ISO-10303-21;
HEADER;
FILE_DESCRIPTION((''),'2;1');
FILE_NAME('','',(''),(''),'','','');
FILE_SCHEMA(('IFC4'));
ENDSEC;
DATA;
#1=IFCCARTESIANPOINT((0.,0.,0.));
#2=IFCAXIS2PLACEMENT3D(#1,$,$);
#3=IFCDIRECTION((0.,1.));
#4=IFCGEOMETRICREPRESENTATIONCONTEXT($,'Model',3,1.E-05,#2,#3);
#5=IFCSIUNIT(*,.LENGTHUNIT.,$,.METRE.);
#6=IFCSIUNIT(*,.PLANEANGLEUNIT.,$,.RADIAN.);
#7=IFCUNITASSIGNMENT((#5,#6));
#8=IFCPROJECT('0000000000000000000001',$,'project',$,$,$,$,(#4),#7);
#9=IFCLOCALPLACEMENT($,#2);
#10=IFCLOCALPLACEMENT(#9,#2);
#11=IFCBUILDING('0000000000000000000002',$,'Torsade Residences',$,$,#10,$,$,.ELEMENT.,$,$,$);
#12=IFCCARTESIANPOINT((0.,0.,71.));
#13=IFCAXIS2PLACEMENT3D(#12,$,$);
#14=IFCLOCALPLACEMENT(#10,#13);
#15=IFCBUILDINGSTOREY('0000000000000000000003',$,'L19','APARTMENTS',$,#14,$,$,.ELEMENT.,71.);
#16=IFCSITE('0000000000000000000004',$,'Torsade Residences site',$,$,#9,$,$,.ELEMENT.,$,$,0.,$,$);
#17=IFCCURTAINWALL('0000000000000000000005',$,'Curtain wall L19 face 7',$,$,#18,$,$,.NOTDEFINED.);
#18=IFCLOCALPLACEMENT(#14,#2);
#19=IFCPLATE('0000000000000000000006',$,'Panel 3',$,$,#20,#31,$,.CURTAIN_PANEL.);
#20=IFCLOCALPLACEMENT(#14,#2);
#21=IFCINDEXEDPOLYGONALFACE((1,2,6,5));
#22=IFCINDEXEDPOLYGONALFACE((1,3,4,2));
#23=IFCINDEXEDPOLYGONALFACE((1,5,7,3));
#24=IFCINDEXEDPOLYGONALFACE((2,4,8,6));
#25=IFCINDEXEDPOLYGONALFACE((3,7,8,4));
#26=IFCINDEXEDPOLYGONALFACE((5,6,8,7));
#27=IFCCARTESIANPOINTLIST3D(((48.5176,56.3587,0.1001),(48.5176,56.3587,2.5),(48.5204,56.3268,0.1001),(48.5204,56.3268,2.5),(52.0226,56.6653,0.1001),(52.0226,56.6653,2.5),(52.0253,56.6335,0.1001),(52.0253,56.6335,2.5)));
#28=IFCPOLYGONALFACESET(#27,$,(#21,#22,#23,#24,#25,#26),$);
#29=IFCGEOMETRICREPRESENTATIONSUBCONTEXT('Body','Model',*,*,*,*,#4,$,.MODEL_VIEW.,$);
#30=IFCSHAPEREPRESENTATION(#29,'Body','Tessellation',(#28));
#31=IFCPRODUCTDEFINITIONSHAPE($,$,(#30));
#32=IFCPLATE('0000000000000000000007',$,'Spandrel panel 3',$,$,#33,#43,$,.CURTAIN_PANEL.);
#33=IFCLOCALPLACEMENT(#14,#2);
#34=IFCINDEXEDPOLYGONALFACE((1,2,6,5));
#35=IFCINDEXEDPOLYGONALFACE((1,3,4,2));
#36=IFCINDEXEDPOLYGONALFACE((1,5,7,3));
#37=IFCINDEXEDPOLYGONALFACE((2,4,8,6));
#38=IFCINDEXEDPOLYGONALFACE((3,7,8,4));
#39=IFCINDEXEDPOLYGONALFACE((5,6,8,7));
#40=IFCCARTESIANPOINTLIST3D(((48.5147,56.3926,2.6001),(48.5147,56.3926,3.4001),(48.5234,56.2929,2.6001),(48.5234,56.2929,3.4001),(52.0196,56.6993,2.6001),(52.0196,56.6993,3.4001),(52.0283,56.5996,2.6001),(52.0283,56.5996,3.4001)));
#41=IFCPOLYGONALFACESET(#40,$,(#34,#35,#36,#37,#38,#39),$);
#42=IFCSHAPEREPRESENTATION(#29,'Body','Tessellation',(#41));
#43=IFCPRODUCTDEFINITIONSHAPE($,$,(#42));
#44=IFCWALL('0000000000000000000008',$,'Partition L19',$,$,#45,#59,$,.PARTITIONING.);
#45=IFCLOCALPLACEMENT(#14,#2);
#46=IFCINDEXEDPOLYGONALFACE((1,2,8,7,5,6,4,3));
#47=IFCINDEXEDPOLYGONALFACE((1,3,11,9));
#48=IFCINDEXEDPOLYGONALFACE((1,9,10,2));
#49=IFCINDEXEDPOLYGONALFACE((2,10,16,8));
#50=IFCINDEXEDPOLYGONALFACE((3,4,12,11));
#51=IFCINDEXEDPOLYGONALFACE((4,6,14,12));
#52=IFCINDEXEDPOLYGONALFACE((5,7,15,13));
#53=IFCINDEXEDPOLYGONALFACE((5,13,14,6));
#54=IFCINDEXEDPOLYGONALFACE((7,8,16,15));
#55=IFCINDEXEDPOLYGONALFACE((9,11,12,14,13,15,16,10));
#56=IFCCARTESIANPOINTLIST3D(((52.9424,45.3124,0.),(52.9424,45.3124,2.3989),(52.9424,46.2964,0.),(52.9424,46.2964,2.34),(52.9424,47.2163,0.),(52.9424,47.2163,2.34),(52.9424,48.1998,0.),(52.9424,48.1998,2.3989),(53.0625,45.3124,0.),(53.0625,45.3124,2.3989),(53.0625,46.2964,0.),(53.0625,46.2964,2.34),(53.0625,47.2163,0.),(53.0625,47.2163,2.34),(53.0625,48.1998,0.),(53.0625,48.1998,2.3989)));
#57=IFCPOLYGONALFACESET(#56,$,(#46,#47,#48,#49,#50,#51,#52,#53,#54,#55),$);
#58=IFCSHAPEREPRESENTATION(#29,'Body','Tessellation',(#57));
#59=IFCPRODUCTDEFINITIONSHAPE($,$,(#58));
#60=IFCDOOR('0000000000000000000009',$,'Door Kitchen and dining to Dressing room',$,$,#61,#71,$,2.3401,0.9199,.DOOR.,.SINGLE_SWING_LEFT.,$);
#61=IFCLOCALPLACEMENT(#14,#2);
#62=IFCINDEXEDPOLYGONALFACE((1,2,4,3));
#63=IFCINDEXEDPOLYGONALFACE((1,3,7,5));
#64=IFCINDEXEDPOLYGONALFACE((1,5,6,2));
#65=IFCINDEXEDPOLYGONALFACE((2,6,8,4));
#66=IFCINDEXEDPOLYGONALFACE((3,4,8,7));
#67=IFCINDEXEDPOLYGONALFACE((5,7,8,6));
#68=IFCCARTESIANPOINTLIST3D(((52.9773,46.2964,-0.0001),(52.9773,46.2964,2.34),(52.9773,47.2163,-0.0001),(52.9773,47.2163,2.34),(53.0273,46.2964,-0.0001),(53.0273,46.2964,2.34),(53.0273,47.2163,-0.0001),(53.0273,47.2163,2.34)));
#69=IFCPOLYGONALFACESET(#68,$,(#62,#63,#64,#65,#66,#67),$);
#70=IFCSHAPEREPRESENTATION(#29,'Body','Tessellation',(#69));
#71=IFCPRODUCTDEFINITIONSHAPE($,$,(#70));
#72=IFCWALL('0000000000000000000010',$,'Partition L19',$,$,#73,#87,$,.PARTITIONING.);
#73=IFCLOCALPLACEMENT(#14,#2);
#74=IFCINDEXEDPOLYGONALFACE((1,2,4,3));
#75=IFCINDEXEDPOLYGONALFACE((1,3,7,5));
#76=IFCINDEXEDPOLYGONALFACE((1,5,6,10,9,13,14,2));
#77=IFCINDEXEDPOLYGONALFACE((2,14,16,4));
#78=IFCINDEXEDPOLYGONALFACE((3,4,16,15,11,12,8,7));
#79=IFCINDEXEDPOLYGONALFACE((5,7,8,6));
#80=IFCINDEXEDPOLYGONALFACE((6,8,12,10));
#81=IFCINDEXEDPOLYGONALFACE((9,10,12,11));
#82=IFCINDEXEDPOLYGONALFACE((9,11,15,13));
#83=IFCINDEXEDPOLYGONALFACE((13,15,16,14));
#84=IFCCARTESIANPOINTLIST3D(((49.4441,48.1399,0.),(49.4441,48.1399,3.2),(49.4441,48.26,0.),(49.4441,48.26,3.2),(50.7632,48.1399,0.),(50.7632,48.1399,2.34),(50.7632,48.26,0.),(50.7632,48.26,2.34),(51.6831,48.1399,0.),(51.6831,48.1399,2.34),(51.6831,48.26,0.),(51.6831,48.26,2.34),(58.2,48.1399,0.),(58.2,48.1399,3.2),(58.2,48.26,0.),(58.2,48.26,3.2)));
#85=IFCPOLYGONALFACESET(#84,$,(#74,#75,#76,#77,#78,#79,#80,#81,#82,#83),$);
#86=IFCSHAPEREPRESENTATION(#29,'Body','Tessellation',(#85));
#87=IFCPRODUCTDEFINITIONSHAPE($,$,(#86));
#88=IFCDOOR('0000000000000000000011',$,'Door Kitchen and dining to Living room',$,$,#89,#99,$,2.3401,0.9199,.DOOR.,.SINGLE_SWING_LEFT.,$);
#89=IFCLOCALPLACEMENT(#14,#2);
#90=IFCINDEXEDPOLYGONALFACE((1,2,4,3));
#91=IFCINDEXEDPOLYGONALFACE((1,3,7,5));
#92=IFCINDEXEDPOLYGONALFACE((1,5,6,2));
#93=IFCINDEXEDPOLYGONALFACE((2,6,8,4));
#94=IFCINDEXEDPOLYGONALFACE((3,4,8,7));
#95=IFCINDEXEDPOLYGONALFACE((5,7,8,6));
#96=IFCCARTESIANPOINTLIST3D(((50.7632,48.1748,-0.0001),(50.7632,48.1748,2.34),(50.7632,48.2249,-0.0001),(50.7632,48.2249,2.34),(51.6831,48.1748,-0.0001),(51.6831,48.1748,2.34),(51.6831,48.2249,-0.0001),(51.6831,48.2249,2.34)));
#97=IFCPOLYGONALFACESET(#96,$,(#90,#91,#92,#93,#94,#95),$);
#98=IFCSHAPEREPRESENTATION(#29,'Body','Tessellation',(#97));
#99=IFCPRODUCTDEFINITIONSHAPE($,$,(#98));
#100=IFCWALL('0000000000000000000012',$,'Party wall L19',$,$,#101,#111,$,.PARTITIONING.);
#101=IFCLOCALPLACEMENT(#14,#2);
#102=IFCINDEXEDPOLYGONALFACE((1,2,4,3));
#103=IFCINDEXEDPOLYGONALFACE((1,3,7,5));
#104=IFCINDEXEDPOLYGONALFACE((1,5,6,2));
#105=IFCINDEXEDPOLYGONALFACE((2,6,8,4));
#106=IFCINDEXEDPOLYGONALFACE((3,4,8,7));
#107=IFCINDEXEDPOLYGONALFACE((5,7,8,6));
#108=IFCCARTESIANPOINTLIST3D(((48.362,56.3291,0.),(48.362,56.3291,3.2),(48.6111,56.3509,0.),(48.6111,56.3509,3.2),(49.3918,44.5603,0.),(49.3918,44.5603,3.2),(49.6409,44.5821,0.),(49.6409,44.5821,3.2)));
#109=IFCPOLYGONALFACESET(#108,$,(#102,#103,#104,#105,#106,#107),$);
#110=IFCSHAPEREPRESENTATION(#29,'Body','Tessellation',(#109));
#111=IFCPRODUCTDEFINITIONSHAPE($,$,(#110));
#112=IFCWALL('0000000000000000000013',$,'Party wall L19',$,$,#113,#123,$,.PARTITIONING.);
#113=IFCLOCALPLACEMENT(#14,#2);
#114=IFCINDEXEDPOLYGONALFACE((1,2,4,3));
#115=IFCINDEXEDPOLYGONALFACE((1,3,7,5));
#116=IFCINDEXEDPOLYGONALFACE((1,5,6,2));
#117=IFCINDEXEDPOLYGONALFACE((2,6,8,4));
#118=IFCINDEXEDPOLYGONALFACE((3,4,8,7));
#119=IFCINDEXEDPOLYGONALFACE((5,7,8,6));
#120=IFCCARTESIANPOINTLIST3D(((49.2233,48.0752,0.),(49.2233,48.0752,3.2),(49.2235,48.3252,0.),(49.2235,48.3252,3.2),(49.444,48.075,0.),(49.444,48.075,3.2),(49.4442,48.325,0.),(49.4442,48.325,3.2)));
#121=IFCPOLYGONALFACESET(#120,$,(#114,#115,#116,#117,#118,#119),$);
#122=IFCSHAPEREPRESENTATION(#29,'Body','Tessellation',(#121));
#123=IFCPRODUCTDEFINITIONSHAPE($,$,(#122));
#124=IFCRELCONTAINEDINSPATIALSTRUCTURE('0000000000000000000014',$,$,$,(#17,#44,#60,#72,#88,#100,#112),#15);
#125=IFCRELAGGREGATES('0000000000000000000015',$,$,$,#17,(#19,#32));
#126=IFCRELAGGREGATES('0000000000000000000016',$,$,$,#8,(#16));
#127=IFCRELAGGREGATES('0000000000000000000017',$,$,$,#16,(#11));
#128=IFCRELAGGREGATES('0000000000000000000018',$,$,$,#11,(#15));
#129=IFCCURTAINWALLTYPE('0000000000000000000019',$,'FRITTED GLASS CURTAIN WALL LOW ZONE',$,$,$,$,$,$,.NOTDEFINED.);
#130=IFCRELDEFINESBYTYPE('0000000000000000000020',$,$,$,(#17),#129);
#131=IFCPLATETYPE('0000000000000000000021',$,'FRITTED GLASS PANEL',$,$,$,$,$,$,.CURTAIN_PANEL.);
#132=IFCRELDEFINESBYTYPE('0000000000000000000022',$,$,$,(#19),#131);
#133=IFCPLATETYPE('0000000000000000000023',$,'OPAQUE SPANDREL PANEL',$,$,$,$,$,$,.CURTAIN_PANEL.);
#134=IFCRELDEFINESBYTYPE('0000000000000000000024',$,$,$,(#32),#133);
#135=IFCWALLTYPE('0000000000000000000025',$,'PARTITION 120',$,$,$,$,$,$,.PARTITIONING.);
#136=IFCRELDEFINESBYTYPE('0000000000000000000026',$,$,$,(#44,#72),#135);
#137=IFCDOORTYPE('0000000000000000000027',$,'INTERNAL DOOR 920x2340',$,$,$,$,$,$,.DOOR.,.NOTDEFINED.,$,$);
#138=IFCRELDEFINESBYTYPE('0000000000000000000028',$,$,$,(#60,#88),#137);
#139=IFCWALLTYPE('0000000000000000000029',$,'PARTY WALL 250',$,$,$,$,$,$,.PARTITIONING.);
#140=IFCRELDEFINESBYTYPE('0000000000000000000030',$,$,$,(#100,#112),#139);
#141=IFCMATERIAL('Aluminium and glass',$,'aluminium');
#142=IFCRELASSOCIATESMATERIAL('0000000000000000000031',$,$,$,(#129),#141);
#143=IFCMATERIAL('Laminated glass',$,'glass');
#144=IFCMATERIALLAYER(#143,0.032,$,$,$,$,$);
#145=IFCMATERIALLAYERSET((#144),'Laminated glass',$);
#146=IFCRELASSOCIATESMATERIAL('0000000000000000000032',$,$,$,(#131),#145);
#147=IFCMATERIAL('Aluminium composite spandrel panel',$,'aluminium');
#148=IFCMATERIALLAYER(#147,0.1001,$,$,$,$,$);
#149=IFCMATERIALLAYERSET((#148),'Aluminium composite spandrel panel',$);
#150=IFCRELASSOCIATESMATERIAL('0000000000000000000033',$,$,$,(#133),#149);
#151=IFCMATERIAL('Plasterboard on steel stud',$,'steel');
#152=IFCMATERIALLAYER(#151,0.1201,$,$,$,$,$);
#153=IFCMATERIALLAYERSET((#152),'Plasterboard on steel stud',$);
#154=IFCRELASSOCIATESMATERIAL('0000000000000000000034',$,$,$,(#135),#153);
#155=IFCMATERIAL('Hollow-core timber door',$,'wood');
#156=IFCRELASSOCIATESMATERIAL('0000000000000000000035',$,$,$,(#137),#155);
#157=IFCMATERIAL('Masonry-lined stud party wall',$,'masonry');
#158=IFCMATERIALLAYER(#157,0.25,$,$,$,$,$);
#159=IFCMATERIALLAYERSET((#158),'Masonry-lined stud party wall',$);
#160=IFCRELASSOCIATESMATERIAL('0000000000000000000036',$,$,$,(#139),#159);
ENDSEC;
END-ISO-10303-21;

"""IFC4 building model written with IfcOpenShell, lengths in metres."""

from ifc_helpers import new_model, si_unit, direction, frame, frame_2d, origin, origin_2d, place, context, subcontext, project, spatial, rectangle, extrude, material, layer, layer_set, type_object, element, fill, aggregate, save


model = new_model("IFC4")

# Units and contexts
model_context = context("Model", 3, precision=1e-05, world=origin(), true_north=direction((0.0, 1.0)))
body_context = subcontext(model_context, "Body", "Model", "MODEL_VIEW")
ifc_project = project(units=[si_unit("LENGTHUNIT", "METRE"), si_unit("PLANEANGLEUNIT", "RADIAN")], contexts=[model_context])

# Site, building, storey
site_placement = place(None, origin())
site = spatial("IfcSite", under=ifc_project, at=site_placement, Name="Torsade Residences site", CompositionType="ELEMENT", RefElevation=0.0)
building_placement = place(site_placement, origin())
building = spatial("IfcBuilding", under=site, at=building_placement, Name="Torsade Residences", CompositionType="ELEMENT")
storey_placement = place(building_placement, frame((0.0, 0.0, 71.0)))
storey = spatial("IfcBuildingStorey", under=building, at=storey_placement, Name="L19", Description="APARTMENTS", CompositionType="ELEMENT", Elevation=71.0)

# Curtain wall
ifc_material_1 = material(Name="Aluminium and glass", Category="aluminium")
curtain_wall_type = type_object("IfcCurtainWallType", Name="FRITTED GLASS CURTAIN WALL LOW ZONE", PredefinedType="NOTDEFINED", material=ifc_material_1)
curtain_wall_placement = place(storey_placement, origin())
curtain_wall = element("IfcCurtainWall", 1, at=curtain_wall_placement, inside=storey, type_object=curtain_wall_type, Name="Curtain wall L19 face 7", PredefinedType="NOTDEFINED")

# Plates
ifc_material_2 = material(Name="Laminated glass", Category="glass")
ifc_layer_1 = layer(ifc_material_2, 0.032)
ifc_layer_set_1 = layer_set([ifc_layer_1], Name="Laminated glass")
plate_type_1 = type_object("IfcPlateType", Name="FRITTED GLASS PANEL", PredefinedType="CURTAIN_PANEL", material=ifc_layer_set_1)
plate_1_placement = place(storey_placement, frame((50.2715, 56.4961, 0.1001), z_axis=(0.0, 0.0, 1.0), x_axis=(-0.996195, -0.087156, 0.0)))
plate_1 = element("IfcPlate", 2, at=plate_1_placement, type_object=plate_type_1, Name="Panel 3", PredefinedType="CURTAIN_PANEL", context=body_context, shape_type="SweptSolid", body=[
    extrude(rectangle(XDim=3.5183, YDim=0.032, at=origin_2d()), origin(), (0.0, 0.0, 1.0), 2.3999),
])
ifc_material_3 = material(Name="Aluminium composite spandrel panel", Category="aluminium")
ifc_layer_2 = layer(ifc_material_3, 0.1001)
ifc_layer_set_2 = layer_set([ifc_layer_2], Name="Aluminium composite spandrel panel")
plate_type_2 = type_object("IfcPlateType", Name="OPAQUE SPANDREL PANEL", PredefinedType="CURTAIN_PANEL", material=ifc_layer_set_2)
plate_2_placement = place(storey_placement, frame((50.2715, 56.4961, 2.6001), z_axis=(0.0, 0.0, 1.0), x_axis=(-0.996195, -0.087156, 0.0)))
plate_2 = element("IfcPlate", 3, at=plate_2_placement, type_object=plate_type_2, Name="Spandrel panel 3", PredefinedType="CURTAIN_PANEL", context=body_context, shape_type="SweptSolid", body=[
    extrude(rectangle(XDim=3.5183, YDim=0.1001, at=origin_2d()), origin(), (0.0, 0.0, 1.0), 0.8),
])
aggregate(curtain_wall, [plate_1, plate_2])

# Walls, openings, doors
ifc_material_4 = material(Name="Plasterboard on steel stud", Category="steel")
ifc_layer_3 = layer(ifc_material_4, 0.1201)
ifc_layer_set_3 = layer_set([ifc_layer_3], Name="Plasterboard on steel stud")
wall_type_1 = type_object("IfcWallType", Name="PARTITION 120", PredefinedType="PARTITIONING", material=ifc_layer_set_3)
wall_1_placement = place(storey_placement, frame((53.0024, 48.2, 0.0), z_axis=(0.0, 0.0, 1.0), x_axis=(0.0, -1.0, 0.0)))
wall_1 = element("IfcWall", 4, at=wall_1_placement, inside=storey, type_object=wall_type_1, Name="Partition L19", PredefinedType="PARTITIONING", context=body_context, shape_type="SweptSolid", body=[
    extrude(rectangle(XDim=2.8875, YDim=0.1201, at=frame_2d((1.4438, 0.0))), origin(), (0.0, 0.0, 1.0), 2.3989),
])
opening_1_placement = place(wall_1_placement, frame((0.9836, 0.0, 0.0)))
opening_1 = element("IfcOpeningElement", 5, at=opening_1_placement, cuts=wall_1, PredefinedType="OPENING", context=body_context, shape_type="SweptSolid", body=[
    extrude(rectangle(XDim=0.9199, YDim=2.3401, at=frame_2d((0.46, 1.1699))), frame((0.0, 0.0701, 0.0), z_axis=(0.0, -1.0, 0.0), x_axis=(1.0, 0.0, 0.0)), (0.0, 0.0, 1.0), 0.1401),
])
ifc_material_5 = material(Name="Hollow-core timber door", Category="wood")
door_type = type_object("IfcDoorType", Name="INTERNAL DOOR 920x2340", OperationType="NOTDEFINED", PredefinedType="DOOR", material=ifc_material_5)
door_1_placement = place(opening_1_placement, origin())
door_1 = element("IfcDoor", 6, at=door_1_placement, inside=storey, type_object=door_type, Name="Door Kitchen and dining to Dressing room", OperationType="SINGLE_SWING_LEFT", OverallHeight=2.3401, OverallWidth=0.9199, PredefinedType="DOOR", context=body_context, shape_type="SweptSolid", body=[
    extrude(rectangle(XDim=0.9199, YDim=2.3401, at=frame_2d((0.46, 1.1699))), frame((0.0, 0.0249, 0.0), z_axis=(0.0, -1.0, 0.0), x_axis=(1.0, 0.0, 0.0)), (0.0, 0.0, 1.0), 0.05),
])
fill(opening_1, door_1)
wall_2_placement = place(storey_placement, frame((49.4441, 48.2, 0.0), z_axis=(0.0, 0.0, 1.0), x_axis=(1.0, 0.0, 0.0)))
wall_2 = element("IfcWall", 7, at=wall_2_placement, inside=storey, type_object=wall_type_1, Name="Partition L19", PredefinedType="PARTITIONING", context=body_context, shape_type="SweptSolid", body=[
    extrude(rectangle(XDim=8.7559, YDim=0.1201, at=frame_2d((4.3779, 0.0))), origin(), (0.0, 0.0, 1.0), 3.2),
])
opening_2_placement = place(wall_2_placement, frame((1.3191, 0.0, 0.0)))
opening_2 = element("IfcOpeningElement", 8, at=opening_2_placement, cuts=wall_2, PredefinedType="OPENING", context=body_context, shape_type="SweptSolid", body=[
    extrude(rectangle(XDim=0.9199, YDim=2.3401, at=frame_2d((0.46, 1.1699))), frame((0.0, 0.0701, 0.0), z_axis=(0.0, -1.0, 0.0), x_axis=(1.0, 0.0, 0.0)), (0.0, 0.0, 1.0), 0.1401),
])
door_2_placement = place(opening_2_placement, origin())
door_2 = element("IfcDoor", 9, at=door_2_placement, inside=storey, type_object=door_type, Name="Door Kitchen and dining to Living room", OperationType="SINGLE_SWING_LEFT", OverallHeight=2.3401, OverallWidth=0.9199, PredefinedType="DOOR", context=body_context, shape_type="SweptSolid", body=[
    extrude(rectangle(XDim=0.9199, YDim=2.3401, at=frame_2d((0.46, 1.1699))), frame((0.0, 0.0249, 0.0), z_axis=(0.0, -1.0, 0.0), x_axis=(1.0, 0.0, 0.0)), (0.0, 0.0, 1.0), 0.05),
])
fill(opening_2, door_2)

# Walls
ifc_material_6 = material(Name="Masonry-lined stud party wall", Category="masonry")
ifc_layer_4 = layer(ifc_material_6, 0.25)
ifc_layer_set_4 = layer_set([ifc_layer_4], Name="Masonry-lined stud party wall")
wall_type_2 = type_object("IfcWallType", Name="PARTY WALL 250", PredefinedType="PARTITIONING", material=ifc_layer_set_4)
wall_3_placement = place(storey_placement, frame((48.4866, 56.3398, 0.0), z_axis=(0.0, 0.0, 1.0), x_axis=(0.087168, -0.996194, 0.0)))
element("IfcWall", 10, at=wall_3_placement, inside=storey, type_object=wall_type_2, Name="Party wall L19", PredefinedType="PARTITIONING", context=body_context, shape_type="SweptSolid", body=[
    extrude(rectangle(XDim=11.8137, YDim=0.25, at=frame_2d((5.9067, 0.0))), origin(), (0.0, 0.0, 1.0), 3.2),
])
wall_4_placement = place(storey_placement, frame((49.2234, 48.2002, 0.0), z_axis=(0.0, 0.0, 1.0), x_axis=(0.999999, -0.001106, 0.0)))
element("IfcWall", 11, at=wall_4_placement, inside=storey, type_object=wall_type_2, Name="Party wall L19", PredefinedType="PARTITIONING", context=body_context, shape_type="SweptSolid", body=[
    extrude(rectangle(XDim=0.2207, YDim=0.25, at=frame_2d((0.1104, 0.0))), origin(), (0.0, 0.0, 1.0), 3.2),
])

save(model, "model.ifc")
